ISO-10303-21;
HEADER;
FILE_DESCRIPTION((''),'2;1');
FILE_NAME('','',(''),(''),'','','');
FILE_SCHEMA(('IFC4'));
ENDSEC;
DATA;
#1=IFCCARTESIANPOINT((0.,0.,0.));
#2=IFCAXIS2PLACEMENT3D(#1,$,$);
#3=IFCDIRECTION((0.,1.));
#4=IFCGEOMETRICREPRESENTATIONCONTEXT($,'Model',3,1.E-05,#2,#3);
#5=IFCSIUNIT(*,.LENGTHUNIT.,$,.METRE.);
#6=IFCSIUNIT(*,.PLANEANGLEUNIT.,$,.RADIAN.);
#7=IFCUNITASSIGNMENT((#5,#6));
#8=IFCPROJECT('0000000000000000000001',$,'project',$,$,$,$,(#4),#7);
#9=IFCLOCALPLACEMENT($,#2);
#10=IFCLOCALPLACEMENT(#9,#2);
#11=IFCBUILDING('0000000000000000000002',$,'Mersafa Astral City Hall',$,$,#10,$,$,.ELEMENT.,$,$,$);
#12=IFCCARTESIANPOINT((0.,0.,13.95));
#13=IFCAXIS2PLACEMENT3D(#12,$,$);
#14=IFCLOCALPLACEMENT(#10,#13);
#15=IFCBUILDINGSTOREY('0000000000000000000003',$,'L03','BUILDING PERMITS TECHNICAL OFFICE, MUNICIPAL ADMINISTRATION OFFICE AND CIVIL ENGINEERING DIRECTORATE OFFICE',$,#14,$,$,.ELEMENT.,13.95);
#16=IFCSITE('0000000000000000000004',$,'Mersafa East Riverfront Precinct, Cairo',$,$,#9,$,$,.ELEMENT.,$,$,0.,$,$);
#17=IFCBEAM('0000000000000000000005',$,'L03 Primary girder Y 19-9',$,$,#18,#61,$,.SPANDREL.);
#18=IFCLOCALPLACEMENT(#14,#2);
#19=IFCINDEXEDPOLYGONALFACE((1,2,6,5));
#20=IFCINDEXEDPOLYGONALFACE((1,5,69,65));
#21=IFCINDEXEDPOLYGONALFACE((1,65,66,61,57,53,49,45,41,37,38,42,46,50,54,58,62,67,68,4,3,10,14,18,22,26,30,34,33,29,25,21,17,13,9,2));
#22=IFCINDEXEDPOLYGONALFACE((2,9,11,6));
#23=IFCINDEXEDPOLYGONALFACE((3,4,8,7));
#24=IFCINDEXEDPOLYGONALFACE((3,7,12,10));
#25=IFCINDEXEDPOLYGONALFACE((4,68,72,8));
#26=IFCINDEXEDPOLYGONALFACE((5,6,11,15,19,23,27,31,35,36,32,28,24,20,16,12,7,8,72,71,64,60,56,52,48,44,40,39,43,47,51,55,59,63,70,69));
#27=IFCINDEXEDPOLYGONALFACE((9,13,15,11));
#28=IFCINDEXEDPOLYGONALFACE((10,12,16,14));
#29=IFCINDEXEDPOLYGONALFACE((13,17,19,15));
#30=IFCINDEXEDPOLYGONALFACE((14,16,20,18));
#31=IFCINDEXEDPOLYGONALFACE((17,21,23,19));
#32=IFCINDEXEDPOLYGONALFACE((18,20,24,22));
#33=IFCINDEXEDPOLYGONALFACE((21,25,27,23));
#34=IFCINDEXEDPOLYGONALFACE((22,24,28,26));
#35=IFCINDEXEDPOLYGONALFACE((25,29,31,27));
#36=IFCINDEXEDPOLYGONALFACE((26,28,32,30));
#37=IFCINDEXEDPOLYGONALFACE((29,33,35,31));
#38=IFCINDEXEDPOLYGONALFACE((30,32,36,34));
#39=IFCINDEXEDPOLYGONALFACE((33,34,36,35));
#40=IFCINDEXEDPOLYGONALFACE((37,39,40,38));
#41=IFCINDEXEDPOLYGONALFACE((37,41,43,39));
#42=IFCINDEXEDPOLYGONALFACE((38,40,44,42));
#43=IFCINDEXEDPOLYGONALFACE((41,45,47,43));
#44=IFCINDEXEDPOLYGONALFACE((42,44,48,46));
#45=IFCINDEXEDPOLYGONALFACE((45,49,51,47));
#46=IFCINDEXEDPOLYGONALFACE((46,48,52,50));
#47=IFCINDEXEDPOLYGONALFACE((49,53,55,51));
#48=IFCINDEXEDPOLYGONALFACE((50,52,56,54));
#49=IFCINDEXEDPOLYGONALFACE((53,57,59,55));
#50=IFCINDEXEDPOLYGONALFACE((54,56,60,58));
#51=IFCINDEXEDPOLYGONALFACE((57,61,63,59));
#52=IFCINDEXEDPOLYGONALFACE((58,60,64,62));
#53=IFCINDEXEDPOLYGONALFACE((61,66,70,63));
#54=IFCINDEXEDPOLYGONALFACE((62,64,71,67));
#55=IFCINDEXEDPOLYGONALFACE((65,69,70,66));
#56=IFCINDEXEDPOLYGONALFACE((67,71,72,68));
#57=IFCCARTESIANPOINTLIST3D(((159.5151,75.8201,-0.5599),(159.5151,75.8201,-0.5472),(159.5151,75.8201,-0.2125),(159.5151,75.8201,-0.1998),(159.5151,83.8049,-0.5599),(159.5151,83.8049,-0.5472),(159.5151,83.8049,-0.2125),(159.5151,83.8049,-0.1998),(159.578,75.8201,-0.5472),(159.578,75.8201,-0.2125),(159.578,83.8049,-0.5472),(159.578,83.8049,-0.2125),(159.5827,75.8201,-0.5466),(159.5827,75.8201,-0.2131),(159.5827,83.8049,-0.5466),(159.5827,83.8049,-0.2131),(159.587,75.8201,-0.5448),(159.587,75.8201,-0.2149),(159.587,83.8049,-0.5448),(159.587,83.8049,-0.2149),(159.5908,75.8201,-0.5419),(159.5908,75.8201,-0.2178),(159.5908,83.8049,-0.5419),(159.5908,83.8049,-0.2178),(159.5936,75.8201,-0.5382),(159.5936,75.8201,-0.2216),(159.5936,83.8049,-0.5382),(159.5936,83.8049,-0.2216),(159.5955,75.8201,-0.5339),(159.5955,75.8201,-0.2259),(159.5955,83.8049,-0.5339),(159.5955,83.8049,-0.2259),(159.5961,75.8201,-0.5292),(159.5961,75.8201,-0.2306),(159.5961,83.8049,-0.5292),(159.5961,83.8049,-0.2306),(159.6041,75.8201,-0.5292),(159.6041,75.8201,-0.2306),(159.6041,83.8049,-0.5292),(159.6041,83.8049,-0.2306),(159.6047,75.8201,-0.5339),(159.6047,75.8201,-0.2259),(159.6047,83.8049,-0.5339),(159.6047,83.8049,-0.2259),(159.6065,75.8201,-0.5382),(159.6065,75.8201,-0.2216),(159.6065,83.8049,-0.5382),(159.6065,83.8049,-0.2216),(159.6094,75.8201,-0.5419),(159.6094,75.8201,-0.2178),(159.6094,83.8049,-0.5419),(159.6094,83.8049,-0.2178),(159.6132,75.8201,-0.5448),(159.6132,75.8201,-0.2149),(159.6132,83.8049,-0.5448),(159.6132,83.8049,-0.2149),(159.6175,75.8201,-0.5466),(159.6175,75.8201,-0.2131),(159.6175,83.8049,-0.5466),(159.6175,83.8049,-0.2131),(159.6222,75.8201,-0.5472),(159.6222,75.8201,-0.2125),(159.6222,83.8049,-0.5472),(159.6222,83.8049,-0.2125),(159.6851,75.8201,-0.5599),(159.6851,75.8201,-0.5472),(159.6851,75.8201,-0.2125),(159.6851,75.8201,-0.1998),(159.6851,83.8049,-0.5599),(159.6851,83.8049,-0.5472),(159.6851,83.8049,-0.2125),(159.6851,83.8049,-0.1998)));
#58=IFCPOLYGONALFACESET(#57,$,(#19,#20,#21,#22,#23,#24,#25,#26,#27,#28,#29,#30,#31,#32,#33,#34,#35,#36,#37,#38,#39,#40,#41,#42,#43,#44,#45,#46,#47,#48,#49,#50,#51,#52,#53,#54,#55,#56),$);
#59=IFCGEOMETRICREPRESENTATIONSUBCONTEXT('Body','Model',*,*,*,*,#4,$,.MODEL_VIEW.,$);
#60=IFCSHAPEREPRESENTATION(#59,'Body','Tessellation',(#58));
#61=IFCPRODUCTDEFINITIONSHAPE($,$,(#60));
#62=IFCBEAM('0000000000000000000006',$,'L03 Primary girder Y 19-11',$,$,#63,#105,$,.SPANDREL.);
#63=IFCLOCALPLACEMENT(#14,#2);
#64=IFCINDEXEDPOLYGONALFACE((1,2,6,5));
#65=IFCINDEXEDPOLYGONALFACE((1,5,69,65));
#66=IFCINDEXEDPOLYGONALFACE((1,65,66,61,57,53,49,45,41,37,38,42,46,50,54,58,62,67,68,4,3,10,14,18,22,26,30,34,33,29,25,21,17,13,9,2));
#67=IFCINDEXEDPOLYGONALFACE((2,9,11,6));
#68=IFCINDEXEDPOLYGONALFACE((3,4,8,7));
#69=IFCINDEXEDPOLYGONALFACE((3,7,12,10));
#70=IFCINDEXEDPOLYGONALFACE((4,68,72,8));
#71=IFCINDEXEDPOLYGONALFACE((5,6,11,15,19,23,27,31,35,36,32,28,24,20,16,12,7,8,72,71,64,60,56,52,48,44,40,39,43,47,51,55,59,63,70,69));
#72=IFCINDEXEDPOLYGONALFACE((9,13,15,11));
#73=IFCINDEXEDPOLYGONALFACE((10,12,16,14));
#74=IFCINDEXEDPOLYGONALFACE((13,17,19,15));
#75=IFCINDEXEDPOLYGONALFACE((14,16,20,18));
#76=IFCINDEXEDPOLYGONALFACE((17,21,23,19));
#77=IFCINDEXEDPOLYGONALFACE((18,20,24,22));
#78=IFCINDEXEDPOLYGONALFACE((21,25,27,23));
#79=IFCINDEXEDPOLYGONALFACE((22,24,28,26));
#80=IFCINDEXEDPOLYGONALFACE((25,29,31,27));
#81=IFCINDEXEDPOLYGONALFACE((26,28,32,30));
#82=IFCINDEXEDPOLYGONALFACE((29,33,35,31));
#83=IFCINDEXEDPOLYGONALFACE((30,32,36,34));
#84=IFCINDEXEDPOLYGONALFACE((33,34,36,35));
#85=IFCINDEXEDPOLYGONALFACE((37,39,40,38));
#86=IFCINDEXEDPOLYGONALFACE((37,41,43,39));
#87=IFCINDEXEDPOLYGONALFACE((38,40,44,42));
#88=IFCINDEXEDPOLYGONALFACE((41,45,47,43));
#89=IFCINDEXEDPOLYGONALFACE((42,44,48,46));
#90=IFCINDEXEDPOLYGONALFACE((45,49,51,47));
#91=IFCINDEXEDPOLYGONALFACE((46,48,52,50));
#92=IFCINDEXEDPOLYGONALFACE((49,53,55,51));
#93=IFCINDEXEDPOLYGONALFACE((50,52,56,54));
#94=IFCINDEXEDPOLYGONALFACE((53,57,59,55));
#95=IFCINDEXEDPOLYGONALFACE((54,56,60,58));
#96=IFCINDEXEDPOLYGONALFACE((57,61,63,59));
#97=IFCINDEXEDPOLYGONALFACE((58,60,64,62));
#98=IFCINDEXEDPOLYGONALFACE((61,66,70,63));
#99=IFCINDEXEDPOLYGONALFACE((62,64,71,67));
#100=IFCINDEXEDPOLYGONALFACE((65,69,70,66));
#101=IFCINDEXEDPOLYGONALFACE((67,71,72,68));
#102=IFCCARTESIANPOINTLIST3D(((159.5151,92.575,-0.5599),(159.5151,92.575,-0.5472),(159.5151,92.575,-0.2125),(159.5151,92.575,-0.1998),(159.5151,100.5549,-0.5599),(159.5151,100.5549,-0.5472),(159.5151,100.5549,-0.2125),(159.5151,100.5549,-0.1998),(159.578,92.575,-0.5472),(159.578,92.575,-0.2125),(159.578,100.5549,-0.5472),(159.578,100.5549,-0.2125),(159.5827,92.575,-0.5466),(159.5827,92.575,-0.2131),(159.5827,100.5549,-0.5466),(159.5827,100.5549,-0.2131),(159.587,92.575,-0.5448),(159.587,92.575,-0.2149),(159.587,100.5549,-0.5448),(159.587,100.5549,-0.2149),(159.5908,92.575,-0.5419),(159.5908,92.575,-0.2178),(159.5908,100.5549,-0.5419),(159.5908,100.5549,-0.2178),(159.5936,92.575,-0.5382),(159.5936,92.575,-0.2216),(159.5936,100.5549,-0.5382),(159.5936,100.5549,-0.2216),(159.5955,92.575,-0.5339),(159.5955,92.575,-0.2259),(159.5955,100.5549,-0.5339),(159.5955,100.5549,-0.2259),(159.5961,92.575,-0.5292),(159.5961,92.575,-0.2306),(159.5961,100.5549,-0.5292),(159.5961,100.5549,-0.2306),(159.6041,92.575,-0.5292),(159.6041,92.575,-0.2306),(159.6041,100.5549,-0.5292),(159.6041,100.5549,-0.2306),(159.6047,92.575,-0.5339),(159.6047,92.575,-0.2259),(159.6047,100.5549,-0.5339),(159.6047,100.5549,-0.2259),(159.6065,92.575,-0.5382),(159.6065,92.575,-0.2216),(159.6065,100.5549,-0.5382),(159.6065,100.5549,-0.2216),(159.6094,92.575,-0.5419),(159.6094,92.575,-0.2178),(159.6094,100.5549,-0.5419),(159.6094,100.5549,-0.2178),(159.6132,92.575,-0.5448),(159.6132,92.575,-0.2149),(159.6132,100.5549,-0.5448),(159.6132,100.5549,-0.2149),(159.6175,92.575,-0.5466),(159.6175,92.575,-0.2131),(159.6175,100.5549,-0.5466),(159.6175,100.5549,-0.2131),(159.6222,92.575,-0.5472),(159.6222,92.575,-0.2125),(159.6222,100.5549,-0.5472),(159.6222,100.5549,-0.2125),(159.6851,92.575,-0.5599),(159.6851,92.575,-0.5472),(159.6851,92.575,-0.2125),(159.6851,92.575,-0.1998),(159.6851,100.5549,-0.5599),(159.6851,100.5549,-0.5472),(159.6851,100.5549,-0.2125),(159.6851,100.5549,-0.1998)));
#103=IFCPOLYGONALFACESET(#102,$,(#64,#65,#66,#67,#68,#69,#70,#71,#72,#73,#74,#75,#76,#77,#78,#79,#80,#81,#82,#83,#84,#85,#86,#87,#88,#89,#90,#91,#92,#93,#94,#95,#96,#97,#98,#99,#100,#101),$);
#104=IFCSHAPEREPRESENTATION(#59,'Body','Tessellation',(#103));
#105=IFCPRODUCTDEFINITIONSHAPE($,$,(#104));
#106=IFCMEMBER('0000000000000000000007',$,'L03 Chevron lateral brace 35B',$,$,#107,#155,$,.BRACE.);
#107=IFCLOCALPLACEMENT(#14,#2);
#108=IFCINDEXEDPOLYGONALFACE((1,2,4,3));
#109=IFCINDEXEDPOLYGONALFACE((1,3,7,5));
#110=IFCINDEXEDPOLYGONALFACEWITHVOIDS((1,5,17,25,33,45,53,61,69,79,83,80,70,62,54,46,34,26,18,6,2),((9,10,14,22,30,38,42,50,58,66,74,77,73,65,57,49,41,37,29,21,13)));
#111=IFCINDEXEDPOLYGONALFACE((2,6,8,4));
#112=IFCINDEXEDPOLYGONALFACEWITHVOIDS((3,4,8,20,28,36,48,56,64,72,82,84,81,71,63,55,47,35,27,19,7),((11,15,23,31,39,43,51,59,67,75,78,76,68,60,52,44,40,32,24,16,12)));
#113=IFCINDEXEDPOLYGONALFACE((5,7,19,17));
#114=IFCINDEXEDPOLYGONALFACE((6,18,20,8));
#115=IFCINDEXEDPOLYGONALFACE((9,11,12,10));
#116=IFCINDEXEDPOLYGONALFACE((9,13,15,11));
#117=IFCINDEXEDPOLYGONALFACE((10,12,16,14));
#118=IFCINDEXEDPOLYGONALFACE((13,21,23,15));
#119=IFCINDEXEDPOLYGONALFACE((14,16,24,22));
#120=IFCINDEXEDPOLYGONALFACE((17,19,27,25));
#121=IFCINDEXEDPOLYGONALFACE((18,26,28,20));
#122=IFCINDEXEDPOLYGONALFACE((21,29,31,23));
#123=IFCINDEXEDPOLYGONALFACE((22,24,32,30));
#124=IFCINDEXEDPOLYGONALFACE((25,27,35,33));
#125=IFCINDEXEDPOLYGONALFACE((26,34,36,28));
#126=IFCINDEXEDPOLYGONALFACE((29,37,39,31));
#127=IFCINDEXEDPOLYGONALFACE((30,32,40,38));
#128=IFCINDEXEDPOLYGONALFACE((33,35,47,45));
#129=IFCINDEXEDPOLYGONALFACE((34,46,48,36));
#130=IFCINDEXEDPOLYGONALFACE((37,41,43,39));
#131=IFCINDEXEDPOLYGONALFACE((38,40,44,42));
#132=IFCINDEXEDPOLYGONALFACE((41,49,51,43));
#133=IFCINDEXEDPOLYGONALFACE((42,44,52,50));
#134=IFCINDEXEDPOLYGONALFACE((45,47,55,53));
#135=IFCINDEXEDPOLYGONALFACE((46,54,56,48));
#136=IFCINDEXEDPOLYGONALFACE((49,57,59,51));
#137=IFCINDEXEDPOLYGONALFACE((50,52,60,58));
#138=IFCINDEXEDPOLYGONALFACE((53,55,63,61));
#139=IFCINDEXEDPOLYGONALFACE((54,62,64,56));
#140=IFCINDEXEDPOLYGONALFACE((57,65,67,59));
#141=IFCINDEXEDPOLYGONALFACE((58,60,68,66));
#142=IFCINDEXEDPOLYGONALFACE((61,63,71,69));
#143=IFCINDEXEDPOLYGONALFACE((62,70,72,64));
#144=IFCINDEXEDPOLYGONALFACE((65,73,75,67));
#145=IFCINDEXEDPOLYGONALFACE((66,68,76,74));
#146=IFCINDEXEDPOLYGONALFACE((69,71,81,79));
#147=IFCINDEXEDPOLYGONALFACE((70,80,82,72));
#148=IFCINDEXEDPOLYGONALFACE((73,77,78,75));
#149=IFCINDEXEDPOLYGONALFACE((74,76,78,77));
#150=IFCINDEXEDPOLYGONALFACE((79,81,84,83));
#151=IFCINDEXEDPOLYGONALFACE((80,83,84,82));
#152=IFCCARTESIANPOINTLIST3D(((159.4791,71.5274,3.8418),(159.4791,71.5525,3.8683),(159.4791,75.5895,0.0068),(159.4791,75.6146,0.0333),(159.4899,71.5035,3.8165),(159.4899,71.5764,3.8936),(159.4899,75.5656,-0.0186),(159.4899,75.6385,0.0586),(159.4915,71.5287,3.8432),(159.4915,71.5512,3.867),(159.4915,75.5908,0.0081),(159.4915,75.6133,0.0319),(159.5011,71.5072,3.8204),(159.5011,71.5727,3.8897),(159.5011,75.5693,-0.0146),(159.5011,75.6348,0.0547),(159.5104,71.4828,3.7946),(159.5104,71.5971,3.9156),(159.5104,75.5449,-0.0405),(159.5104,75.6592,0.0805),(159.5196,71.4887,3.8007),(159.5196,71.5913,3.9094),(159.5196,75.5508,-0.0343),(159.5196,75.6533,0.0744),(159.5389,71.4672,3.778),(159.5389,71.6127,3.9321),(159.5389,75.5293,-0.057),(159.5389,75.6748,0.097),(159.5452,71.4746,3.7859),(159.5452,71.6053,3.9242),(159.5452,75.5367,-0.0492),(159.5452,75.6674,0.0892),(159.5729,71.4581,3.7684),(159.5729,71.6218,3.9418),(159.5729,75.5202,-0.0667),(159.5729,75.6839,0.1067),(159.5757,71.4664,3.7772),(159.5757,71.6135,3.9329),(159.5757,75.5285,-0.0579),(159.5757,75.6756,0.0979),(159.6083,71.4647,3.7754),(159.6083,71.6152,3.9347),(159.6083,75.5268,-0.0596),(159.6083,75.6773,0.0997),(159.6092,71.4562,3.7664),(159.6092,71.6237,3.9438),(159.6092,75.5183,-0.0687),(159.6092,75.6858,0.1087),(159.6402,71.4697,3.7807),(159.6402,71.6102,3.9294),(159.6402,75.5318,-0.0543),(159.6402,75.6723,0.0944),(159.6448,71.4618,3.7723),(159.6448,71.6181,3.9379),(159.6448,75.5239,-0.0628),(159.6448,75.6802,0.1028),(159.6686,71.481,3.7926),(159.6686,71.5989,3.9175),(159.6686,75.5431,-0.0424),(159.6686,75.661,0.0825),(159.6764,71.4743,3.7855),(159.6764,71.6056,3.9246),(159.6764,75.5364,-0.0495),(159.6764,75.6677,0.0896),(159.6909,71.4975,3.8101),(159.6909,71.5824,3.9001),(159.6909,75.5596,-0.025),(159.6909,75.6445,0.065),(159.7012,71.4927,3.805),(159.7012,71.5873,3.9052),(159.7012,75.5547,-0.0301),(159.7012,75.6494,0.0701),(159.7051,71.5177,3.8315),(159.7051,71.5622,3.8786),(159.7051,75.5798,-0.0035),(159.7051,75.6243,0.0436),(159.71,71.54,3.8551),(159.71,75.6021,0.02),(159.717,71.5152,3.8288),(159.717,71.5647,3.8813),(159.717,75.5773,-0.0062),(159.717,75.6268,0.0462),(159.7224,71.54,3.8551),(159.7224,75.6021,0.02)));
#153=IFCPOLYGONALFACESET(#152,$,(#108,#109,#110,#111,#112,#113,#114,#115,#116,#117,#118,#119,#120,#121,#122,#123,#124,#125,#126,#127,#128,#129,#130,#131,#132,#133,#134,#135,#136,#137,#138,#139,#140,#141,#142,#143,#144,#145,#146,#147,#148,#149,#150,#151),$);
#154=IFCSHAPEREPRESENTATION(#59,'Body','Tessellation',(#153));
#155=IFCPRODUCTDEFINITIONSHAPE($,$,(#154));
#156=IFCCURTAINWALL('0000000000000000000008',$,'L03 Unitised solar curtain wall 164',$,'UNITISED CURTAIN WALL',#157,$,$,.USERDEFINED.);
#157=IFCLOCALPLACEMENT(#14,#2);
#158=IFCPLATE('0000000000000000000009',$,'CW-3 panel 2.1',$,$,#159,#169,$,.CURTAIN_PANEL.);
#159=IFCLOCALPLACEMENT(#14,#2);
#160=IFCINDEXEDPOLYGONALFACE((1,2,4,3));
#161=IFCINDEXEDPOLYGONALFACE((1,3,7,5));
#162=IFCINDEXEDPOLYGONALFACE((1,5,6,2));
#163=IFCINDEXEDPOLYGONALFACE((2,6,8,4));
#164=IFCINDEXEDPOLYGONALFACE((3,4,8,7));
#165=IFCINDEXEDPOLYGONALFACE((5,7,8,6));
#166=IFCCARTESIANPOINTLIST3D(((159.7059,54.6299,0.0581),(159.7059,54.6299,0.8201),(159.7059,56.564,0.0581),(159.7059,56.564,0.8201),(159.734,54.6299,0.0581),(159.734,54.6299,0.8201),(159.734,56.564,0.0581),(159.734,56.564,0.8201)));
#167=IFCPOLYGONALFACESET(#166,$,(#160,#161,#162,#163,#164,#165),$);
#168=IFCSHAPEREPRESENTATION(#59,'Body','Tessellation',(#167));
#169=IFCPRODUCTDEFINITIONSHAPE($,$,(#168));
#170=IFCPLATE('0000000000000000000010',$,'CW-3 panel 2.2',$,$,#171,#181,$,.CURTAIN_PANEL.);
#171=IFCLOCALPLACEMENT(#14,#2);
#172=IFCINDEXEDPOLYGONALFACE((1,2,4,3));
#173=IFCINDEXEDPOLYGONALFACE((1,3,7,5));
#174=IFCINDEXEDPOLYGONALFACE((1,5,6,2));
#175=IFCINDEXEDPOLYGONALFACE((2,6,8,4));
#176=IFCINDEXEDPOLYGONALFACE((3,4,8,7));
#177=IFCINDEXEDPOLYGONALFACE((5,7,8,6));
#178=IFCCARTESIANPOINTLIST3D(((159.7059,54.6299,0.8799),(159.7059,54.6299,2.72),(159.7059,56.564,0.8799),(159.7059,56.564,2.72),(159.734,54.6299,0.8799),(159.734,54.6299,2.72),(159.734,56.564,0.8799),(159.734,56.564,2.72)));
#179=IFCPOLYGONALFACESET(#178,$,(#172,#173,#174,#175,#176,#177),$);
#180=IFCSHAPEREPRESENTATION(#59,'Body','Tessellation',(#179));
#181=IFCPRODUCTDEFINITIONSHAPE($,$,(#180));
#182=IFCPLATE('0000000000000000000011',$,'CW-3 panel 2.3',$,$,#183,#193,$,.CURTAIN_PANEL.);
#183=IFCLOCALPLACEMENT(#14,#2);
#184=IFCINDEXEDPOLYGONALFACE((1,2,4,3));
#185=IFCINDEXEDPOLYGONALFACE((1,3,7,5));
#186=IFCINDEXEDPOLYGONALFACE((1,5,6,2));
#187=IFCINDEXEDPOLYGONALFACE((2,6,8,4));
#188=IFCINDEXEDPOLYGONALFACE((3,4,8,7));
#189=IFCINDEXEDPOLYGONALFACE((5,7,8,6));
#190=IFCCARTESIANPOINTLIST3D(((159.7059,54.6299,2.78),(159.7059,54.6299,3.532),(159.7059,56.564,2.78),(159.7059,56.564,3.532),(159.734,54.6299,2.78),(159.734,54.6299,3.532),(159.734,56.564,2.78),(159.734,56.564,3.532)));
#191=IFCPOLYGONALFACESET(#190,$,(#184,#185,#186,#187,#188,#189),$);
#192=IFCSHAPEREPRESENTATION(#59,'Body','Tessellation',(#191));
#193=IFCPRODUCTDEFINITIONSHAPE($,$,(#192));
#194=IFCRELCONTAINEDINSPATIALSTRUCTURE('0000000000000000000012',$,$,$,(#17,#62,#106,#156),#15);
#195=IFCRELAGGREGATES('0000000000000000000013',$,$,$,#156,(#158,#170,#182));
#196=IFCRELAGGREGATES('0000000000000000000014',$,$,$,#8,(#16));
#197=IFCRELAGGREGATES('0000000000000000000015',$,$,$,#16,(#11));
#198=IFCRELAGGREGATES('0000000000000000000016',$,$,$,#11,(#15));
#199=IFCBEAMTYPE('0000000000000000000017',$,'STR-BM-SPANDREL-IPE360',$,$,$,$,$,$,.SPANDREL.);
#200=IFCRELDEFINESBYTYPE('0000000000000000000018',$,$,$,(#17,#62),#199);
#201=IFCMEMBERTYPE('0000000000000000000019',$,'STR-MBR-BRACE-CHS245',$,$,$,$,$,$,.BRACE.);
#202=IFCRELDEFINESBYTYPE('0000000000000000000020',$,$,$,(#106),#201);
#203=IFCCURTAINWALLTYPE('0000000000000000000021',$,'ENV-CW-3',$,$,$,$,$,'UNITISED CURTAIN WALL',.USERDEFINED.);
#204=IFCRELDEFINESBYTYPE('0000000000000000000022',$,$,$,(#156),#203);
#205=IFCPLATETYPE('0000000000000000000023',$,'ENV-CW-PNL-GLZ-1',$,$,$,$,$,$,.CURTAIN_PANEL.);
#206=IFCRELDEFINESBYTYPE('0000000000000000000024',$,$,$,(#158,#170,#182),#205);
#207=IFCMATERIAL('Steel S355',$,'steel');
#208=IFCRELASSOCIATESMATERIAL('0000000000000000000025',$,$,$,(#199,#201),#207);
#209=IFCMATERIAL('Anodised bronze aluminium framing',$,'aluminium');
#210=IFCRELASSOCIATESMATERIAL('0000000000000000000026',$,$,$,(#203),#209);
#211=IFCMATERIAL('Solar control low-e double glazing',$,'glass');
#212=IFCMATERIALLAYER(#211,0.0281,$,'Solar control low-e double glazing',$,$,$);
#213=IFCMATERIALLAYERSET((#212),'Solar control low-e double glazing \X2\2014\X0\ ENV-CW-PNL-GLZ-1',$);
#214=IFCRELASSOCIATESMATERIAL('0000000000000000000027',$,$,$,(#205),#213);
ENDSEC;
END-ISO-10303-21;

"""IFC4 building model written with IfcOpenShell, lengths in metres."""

from ifc_helpers import new_model, si_unit, direction, frame, origin, origin_2d, place, context, subcontext, project, spatial, rectangle, hollow_circle, i_section, extrude, material, layer, layer_set, material_profile, profile_set, type_object, element, aggregate, save


model = new_model("IFC4")

# Units and contexts
model_context = context("Model", 3, precision=1e-05, world=origin(), true_north=direction((0.0, 1.0)))
body_context = subcontext(model_context, "Body", "Model", "MODEL_VIEW")
ifc_project = project(units=[si_unit("LENGTHUNIT", "METRE"), si_unit("PLANEANGLEUNIT", "RADIAN")], contexts=[model_context])

# Site, building, storey
site_placement = place(None, origin())
site = spatial("IfcSite", under=ifc_project, at=site_placement, Name="Mersafa East Riverfront Precinct, Cairo", CompositionType="ELEMENT", RefElevation=0.0)
building_placement = place(site_placement, origin())
building = spatial("IfcBuilding", under=site, at=building_placement, Name="Mersafa Astral City Hall", CompositionType="ELEMENT")
storey_placement = place(building_placement, frame((0.0, 0.0, 13.95)))
storey = spatial("IfcBuildingStorey", under=building, at=storey_placement, Name="L03", Description="BUILDING PERMITS TECHNICAL OFFICE, MUNICIPAL ADMINISTRATION OFFICE AND CIVIL ENGINEERING DIRECTORATE OFFICE", CompositionType="ELEMENT", Elevation=13.95)

# Shared definitions
ifc_material_1 = material(Name="Steel S355", Category="steel")

# Beams
ifc_material_profile_1 = material_profile(ifc_material_1, i_section(OverallWidth=0.1699, OverallDepth=0.3601, WebThickness=0.0081, FlangeThickness=0.0127, FilletRadius=0.0181, at=origin_2d()), Name="IPE 360")
ifc_profile_set_1 = profile_set([ifc_material_profile_1], Name="Steel S355")
beam_type_1 = type_object("IfcBeamType", Name="STR-BM-SPANDREL-IPE360", PredefinedType="SPANDREL", material=ifc_profile_set_1)
beam_1_placement = place(storey_placement, frame((159.6001, 75.8201, -0.3799), z_axis=(0.0, 1.0, 0.0), x_axis=(-1.0, 0.0, 0.0)))
element("IfcBeam", 1, at=beam_1_placement, inside=storey, type_object=beam_type_1, Name="L03 Primary girder Y 19-9", PredefinedType="SPANDREL", context=body_context, shape_type="SweptSolid", body=[
    extrude(i_section(OverallWidth=0.1699, OverallDepth=0.3601, WebThickness=0.0081, FlangeThickness=0.0127, FilletRadius=0.0181, at=origin_2d()), origin(), (0.0, 0.0, 1.0), 7.9849),
])
beam_2_placement = place(storey_placement, frame((159.6001, 92.575, -0.3799), z_axis=(0.0, 1.0, 0.0), x_axis=(-1.0, 0.0, 0.0)))
element("IfcBeam", 2, at=beam_2_placement, inside=storey, type_object=beam_type_1, Name="L03 Primary girder Y 19-11", PredefinedType="SPANDREL", context=body_context, shape_type="SweptSolid", body=[
    extrude(i_section(OverallWidth=0.1699, OverallDepth=0.3601, WebThickness=0.0081, FlangeThickness=0.0127, FilletRadius=0.0181, at=origin_2d()), origin(), (0.0, 0.0, 1.0), 7.98),
])

# Member
ifc_material_profile_2 = material_profile(ifc_material_1, hollow_circle(Radius=0.1223, WallThickness=0.0125, at=origin_2d()), Name="CHS 244.5x12.5")
ifc_profile_set_2 = profile_set([ifc_material_profile_2], Name="Steel S355")
member_type = type_object("IfcMemberType", Name="STR-MBR-BRACE-CHS245", PredefinedType="BRACE", material=ifc_profile_set_2)
member_placement = place(storey_placement, frame((159.6001, 75.6021, 0.02), z_axis=(0.0, -0.727137, 0.686493), x_axis=(1.0, 0.0, 0.0)))
element("IfcMember", 3, at=member_placement, inside=storey, type_object=member_type, Name="L03 Chevron lateral brace 35B", PredefinedType="BRACE", context=body_context, shape_type="SweptSolid", body=[
    extrude(hollow_circle(Radius=0.1223, WallThickness=0.0125, at=origin_2d()), origin(), (0.0, 0.0, 1.0), 5.5864),
])

# Curtain wall, plates
ifc_material_2 = material(Name="Anodised bronze aluminium framing", Category="aluminium")
curtain_wall_type = type_object("IfcCurtainWallType", Name="ENV-CW-3", ElementType="UNITISED CURTAIN WALL", PredefinedType="USERDEFINED", material=ifc_material_2)
curtain_wall_placement = place(storey_placement, origin())
curtain_wall = element("IfcCurtainWall", 4, at=curtain_wall_placement, inside=storey, type_object=curtain_wall_type, Name="L03 Unitised solar curtain wall 164", ObjectType="UNITISED CURTAIN WALL", PredefinedType="USERDEFINED")
ifc_material_3 = material(Name="Solar control low-e double glazing", Category="glass")
ifc_layer_1 = layer(ifc_material_3, 0.0281, Name="Solar control low-e double glazing")
ifc_layer_set_1 = layer_set([ifc_layer_1], Name="Solar control low-e double glazing — ENV-CW-PNL-GLZ-1")
plate_type_1 = type_object("IfcPlateType", Name="ENV-CW-PNL-GLZ-1", PredefinedType="CURTAIN_PANEL", material=ifc_layer_set_1)
plate_1_placement = place(storey_placement, frame((159.72, 55.5969, 0.0581), z_axis=(0.0, 0.0, 1.0), x_axis=(0.0, -1.0, 0.0)))
plate_1 = element("IfcPlate", 5, at=plate_1_placement, type_object=plate_type_1, Name="CW-3 panel 2.1", PredefinedType="CURTAIN_PANEL", context=body_context, shape_type="SweptSolid", body=[
    extrude(rectangle(XDim=1.9341, YDim=0.0281, at=origin_2d()), origin(), (0.0, 0.0, 1.0), 0.762),
])
plate_2_placement = place(storey_placement, frame((159.72, 55.5969, 0.8799), z_axis=(0.0, 0.0, 1.0), x_axis=(0.0, -1.0, 0.0)))
plate_2 = element("IfcPlate", 6, at=plate_2_placement, type_object=plate_type_1, Name="CW-3 panel 2.2", PredefinedType="CURTAIN_PANEL", context=body_context, shape_type="SweptSolid", body=[
    extrude(rectangle(XDim=1.9341, YDim=0.0281, at=origin_2d()), origin(), (0.0, 0.0, 1.0), 1.8401),
])
plate_3_placement = place(storey_placement, frame((159.72, 55.5969, 2.78), z_axis=(0.0, 0.0, 1.0), x_axis=(0.0, -1.0, 0.0)))
plate_3 = element("IfcPlate", 7, at=plate_3_placement, type_object=plate_type_1, Name="CW-3 panel 2.3", PredefinedType="CURTAIN_PANEL", context=body_context, shape_type="SweptSolid", body=[
    extrude(rectangle(XDim=1.9341, YDim=0.0281, at=origin_2d()), origin(), (0.0, 0.0, 1.0), 0.752),
])
aggregate(curtain_wall, [plate_1, plate_2, plate_3])

save(model, "model.ifc")
